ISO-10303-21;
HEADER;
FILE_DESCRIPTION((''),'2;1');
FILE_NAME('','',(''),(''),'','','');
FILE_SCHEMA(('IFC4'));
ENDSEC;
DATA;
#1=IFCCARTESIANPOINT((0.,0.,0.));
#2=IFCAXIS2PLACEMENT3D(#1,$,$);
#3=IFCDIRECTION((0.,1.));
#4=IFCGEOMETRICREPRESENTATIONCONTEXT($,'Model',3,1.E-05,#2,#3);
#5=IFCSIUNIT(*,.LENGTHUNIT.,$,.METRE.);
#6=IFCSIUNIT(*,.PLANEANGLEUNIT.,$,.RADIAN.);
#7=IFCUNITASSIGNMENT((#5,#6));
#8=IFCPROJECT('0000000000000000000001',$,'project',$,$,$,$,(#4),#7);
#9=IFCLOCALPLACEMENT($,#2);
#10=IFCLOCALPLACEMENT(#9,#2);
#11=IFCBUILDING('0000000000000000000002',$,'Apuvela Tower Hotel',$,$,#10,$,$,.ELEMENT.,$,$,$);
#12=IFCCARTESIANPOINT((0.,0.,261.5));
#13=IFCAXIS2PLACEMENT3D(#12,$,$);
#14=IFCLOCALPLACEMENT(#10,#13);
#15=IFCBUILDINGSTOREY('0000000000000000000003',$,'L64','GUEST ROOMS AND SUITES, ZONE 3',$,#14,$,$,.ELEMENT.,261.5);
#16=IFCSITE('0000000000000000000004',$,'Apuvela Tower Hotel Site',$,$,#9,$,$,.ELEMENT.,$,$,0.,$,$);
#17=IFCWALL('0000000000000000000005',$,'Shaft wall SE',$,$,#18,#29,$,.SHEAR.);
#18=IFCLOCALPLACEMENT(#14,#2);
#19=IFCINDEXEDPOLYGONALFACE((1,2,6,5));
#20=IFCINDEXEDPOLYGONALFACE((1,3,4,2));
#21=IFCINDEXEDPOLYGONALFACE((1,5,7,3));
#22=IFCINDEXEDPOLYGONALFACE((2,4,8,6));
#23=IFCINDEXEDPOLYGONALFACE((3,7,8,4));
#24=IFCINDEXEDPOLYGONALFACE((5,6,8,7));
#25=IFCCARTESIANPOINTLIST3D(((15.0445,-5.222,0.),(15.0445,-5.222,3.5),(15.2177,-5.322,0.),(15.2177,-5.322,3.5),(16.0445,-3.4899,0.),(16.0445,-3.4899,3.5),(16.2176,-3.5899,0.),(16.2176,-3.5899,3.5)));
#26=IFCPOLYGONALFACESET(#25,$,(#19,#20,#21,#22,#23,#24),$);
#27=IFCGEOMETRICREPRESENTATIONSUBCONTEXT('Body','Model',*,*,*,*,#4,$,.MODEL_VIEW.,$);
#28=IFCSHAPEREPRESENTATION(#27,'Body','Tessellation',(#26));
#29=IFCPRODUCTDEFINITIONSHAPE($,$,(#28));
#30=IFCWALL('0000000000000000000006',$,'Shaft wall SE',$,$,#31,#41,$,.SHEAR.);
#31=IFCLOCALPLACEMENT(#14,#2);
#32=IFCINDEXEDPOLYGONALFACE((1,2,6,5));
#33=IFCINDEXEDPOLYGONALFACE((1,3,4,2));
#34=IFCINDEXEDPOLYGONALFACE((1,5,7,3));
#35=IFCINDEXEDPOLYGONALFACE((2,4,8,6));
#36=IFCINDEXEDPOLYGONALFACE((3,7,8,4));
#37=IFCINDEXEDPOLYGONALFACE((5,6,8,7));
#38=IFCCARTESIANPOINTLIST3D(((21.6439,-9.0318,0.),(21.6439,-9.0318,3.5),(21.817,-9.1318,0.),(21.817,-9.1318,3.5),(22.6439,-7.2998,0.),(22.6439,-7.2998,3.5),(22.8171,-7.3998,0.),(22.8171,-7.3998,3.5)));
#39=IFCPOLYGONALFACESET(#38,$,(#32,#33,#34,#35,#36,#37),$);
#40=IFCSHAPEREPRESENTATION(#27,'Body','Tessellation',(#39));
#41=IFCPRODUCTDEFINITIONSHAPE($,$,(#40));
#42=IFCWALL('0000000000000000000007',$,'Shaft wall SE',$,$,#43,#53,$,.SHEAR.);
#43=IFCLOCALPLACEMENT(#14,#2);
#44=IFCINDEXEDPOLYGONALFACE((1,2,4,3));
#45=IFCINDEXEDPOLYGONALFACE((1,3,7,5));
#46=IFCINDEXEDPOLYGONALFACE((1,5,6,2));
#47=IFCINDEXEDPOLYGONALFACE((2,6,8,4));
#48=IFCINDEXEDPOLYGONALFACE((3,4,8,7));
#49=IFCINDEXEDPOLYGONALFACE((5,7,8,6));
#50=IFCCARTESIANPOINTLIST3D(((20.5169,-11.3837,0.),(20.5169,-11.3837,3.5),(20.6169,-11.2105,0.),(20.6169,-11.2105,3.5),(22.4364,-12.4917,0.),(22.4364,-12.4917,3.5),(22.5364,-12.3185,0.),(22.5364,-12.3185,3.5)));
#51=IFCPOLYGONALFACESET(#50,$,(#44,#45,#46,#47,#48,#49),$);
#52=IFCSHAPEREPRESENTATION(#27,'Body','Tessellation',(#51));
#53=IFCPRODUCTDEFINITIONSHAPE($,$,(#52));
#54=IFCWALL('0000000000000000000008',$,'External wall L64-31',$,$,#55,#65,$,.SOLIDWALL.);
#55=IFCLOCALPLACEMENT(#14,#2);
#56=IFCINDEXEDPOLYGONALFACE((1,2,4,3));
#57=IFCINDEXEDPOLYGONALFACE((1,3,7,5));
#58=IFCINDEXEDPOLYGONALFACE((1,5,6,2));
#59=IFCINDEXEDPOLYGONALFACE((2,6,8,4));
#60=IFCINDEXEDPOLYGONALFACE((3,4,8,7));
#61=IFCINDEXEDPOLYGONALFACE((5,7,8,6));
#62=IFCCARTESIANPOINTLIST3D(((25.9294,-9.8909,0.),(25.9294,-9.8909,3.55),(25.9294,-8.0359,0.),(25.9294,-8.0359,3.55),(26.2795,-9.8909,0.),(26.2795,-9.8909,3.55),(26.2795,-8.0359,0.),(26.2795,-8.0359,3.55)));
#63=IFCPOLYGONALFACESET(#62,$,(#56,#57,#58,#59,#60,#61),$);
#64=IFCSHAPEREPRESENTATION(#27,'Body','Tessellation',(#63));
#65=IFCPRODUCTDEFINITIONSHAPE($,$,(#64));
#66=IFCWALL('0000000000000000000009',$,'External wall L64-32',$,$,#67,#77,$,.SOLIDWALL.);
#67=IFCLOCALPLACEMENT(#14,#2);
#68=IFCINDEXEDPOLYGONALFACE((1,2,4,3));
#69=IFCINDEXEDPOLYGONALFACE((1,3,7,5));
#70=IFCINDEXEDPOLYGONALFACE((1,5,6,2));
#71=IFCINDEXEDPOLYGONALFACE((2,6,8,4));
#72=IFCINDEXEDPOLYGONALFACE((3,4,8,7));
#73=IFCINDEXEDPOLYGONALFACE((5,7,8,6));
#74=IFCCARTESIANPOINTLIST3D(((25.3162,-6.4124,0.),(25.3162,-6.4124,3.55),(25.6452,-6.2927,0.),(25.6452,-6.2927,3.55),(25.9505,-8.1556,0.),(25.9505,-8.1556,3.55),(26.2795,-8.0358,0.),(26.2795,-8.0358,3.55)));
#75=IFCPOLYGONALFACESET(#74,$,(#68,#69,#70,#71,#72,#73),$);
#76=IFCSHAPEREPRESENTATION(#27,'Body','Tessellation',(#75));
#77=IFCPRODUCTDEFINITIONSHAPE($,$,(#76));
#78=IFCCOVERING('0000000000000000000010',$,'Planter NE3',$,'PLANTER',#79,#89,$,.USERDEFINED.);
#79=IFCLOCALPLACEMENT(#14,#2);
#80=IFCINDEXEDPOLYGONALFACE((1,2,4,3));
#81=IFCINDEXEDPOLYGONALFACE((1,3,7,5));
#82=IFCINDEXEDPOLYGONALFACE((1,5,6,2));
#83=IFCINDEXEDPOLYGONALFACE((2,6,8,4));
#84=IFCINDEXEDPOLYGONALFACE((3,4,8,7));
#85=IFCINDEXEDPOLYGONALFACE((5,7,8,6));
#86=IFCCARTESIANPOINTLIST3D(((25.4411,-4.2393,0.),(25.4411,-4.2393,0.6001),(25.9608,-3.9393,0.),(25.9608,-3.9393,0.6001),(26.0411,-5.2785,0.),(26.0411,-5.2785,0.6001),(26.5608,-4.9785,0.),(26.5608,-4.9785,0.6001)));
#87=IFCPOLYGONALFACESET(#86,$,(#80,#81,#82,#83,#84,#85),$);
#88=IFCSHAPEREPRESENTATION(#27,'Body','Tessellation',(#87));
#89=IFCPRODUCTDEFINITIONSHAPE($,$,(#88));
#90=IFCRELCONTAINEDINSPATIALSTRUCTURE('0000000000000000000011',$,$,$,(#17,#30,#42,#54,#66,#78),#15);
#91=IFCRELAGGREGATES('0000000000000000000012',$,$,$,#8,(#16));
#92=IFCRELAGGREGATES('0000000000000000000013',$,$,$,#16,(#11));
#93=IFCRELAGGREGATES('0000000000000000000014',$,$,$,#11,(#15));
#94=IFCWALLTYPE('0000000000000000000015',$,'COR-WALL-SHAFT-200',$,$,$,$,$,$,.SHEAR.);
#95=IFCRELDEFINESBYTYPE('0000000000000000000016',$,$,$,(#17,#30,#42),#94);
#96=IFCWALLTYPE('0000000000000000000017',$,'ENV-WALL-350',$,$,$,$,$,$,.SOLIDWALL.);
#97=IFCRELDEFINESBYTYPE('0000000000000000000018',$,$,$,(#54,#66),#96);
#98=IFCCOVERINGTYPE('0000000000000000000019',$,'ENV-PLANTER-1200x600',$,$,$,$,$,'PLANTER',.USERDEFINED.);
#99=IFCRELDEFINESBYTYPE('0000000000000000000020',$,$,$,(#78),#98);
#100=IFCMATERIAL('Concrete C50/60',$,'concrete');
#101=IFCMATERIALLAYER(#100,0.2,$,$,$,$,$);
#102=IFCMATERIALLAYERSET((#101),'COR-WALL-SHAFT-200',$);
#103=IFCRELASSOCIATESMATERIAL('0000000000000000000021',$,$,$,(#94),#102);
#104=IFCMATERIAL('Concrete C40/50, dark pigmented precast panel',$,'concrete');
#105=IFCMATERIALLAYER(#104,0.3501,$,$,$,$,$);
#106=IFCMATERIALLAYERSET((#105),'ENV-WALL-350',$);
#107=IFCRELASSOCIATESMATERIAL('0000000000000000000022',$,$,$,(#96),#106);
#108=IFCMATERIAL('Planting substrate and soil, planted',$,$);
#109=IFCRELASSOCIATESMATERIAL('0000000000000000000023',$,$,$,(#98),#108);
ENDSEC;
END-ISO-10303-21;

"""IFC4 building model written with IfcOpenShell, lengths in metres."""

from ifc_helpers import new_model, si_unit, direction, frame, frame_2d, origin, origin_2d, place, context, subcontext, project, spatial, rectangle, extrude, material, layer, layer_set, type_object, element, save


model = new_model("IFC4")

# Units and contexts
model_context = context("Model", 3, precision=1e-05, world=origin(), true_north=direction((0.0, 1.0)))
body_context = subcontext(model_context, "Body", "Model", "MODEL_VIEW")
ifc_project = project(units=[si_unit("LENGTHUNIT", "METRE"), si_unit("PLANEANGLEUNIT", "RADIAN")], contexts=[model_context])

# Site, building, storey
site_placement = place(None, origin())
site = spatial("IfcSite", under=ifc_project, at=site_placement, Name="Apuvela Tower Hotel Site", CompositionType="ELEMENT", RefElevation=0.0)
building_placement = place(site_placement, origin())
building = spatial("IfcBuilding", under=site, at=building_placement, Name="Apuvela Tower Hotel", CompositionType="ELEMENT")
storey_placement = place(building_placement, frame((0.0, 0.0, 261.5)))
storey = spatial("IfcBuildingStorey", under=building, at=storey_placement, Name="L64", Description="GUEST ROOMS AND SUITES, ZONE 3", CompositionType="ELEMENT", Elevation=261.5)

# Walls
ifc_material_1 = material(Name="Concrete C50/60", Category="concrete")
ifc_layer_1 = layer(ifc_material_1, 0.2)
ifc_layer_set_1 = layer_set([ifc_layer_1], Name="COR-WALL-SHAFT-200")
wall_type_1 = type_object("IfcWallType", Name="COR-WALL-SHAFT-200", PredefinedType="SHEAR", material=ifc_layer_set_1)
for number, where, z_axis, x_axis, name in (
    (1, (15.1311, -5.272, 0.0), (0.0, 0.0, 1.0), (0.499973, 0.866041, 0.0), "Shaft wall SE"),
    (2, (21.7305, -9.0818, 0.0), (0.0, 0.0, 1.0), (0.500025, 0.866011, 0.0), "Shaft wall SE"),
):
    element("IfcWall", number, at=place(storey_placement, frame(where, z_axis=z_axis, x_axis=x_axis)), inside=storey, type_object=wall_type_1, Name=name, PredefinedType="SHEAR", context=body_context, shape_type="SweptSolid", body=[
        extrude(rectangle(XDim=2.0, YDim=0.2, at=frame_2d((1.0, 0.0))), origin(), (0.0, 0.0, 1.0), 3.5),
    ])
wall_1_placement = place(storey_placement, frame((20.5669, -11.2971, 0.0), z_axis=(0.0, 0.0, 1.0), x_axis=(0.866079, -0.499907, 0.0)))
element("IfcWall", 3, at=wall_1_placement, inside=storey, type_object=wall_type_1, Name="Shaft wall SE", PredefinedType="SHEAR", context=body_context, shape_type="SweptSolid", body=[
    extrude(rectangle(XDim=2.2163, YDim=0.2, at=frame_2d((1.1082, 0.0))), origin(), (0.0, 0.0, 1.0), 3.5),
])
ifc_material_2 = material(Name="Concrete C40/50, dark pigmented precast panel", Category="concrete")
ifc_layer_2 = layer(ifc_material_2, 0.3501)
ifc_layer_set_2 = layer_set([ifc_layer_2], Name="ENV-WALL-350")
wall_type_2 = type_object("IfcWallType", Name="ENV-WALL-350", PredefinedType="SOLIDWALL", material=ifc_layer_set_2)
for number, where, z_axis, x_axis, name in (
    (4, (26.1045, -9.8909, 0.0), (0.0, 0.0, 1.0), (0.0, 1.0, 0.0), "External wall L64-31"),
    (5, (26.115, -8.0957, 0.0), (0.0, 0.0, 1.0), (-0.341933, 0.939724, 0.0), "External wall L64-32"),
):
    element("IfcWall", number, at=place(storey_placement, frame(where, z_axis=z_axis, x_axis=x_axis)), inside=storey, type_object=wall_type_2, Name=name, PredefinedType="SOLIDWALL", context=body_context, shape_type="SweptSolid", body=[
        extrude(rectangle(XDim=1.855, YDim=0.3501, at=frame_2d((0.9275, 0.0))), origin(), (0.0, 0.0, 1.0), 3.55),
    ])

# Covering
ifc_material_3 = material(Name="Planting substrate and soil, planted")
covering_type = type_object("IfcCoveringType", Name="ENV-PLANTER-1200x600", ElementType="PLANTER", PredefinedType="USERDEFINED", material=ifc_material_3)
covering_placement = place(storey_placement, frame((26.001, -4.6089, 0.0), z_axis=(0.0, 0.0, 1.0), x_axis=(-0.5, 0.866025, 0.0)))
element("IfcCovering", 6, at=covering_placement, inside=storey, type_object=covering_type, Name="Planter NE3", ObjectType="PLANTER", PredefinedType="USERDEFINED", context=body_context, shape_type="SweptSolid", body=[
    extrude(rectangle(XDim=1.2, YDim=0.6001, at=origin_2d()), origin(), (0.0, 0.0, 1.0), 0.6001),
])

save(model, "model.ifc")
